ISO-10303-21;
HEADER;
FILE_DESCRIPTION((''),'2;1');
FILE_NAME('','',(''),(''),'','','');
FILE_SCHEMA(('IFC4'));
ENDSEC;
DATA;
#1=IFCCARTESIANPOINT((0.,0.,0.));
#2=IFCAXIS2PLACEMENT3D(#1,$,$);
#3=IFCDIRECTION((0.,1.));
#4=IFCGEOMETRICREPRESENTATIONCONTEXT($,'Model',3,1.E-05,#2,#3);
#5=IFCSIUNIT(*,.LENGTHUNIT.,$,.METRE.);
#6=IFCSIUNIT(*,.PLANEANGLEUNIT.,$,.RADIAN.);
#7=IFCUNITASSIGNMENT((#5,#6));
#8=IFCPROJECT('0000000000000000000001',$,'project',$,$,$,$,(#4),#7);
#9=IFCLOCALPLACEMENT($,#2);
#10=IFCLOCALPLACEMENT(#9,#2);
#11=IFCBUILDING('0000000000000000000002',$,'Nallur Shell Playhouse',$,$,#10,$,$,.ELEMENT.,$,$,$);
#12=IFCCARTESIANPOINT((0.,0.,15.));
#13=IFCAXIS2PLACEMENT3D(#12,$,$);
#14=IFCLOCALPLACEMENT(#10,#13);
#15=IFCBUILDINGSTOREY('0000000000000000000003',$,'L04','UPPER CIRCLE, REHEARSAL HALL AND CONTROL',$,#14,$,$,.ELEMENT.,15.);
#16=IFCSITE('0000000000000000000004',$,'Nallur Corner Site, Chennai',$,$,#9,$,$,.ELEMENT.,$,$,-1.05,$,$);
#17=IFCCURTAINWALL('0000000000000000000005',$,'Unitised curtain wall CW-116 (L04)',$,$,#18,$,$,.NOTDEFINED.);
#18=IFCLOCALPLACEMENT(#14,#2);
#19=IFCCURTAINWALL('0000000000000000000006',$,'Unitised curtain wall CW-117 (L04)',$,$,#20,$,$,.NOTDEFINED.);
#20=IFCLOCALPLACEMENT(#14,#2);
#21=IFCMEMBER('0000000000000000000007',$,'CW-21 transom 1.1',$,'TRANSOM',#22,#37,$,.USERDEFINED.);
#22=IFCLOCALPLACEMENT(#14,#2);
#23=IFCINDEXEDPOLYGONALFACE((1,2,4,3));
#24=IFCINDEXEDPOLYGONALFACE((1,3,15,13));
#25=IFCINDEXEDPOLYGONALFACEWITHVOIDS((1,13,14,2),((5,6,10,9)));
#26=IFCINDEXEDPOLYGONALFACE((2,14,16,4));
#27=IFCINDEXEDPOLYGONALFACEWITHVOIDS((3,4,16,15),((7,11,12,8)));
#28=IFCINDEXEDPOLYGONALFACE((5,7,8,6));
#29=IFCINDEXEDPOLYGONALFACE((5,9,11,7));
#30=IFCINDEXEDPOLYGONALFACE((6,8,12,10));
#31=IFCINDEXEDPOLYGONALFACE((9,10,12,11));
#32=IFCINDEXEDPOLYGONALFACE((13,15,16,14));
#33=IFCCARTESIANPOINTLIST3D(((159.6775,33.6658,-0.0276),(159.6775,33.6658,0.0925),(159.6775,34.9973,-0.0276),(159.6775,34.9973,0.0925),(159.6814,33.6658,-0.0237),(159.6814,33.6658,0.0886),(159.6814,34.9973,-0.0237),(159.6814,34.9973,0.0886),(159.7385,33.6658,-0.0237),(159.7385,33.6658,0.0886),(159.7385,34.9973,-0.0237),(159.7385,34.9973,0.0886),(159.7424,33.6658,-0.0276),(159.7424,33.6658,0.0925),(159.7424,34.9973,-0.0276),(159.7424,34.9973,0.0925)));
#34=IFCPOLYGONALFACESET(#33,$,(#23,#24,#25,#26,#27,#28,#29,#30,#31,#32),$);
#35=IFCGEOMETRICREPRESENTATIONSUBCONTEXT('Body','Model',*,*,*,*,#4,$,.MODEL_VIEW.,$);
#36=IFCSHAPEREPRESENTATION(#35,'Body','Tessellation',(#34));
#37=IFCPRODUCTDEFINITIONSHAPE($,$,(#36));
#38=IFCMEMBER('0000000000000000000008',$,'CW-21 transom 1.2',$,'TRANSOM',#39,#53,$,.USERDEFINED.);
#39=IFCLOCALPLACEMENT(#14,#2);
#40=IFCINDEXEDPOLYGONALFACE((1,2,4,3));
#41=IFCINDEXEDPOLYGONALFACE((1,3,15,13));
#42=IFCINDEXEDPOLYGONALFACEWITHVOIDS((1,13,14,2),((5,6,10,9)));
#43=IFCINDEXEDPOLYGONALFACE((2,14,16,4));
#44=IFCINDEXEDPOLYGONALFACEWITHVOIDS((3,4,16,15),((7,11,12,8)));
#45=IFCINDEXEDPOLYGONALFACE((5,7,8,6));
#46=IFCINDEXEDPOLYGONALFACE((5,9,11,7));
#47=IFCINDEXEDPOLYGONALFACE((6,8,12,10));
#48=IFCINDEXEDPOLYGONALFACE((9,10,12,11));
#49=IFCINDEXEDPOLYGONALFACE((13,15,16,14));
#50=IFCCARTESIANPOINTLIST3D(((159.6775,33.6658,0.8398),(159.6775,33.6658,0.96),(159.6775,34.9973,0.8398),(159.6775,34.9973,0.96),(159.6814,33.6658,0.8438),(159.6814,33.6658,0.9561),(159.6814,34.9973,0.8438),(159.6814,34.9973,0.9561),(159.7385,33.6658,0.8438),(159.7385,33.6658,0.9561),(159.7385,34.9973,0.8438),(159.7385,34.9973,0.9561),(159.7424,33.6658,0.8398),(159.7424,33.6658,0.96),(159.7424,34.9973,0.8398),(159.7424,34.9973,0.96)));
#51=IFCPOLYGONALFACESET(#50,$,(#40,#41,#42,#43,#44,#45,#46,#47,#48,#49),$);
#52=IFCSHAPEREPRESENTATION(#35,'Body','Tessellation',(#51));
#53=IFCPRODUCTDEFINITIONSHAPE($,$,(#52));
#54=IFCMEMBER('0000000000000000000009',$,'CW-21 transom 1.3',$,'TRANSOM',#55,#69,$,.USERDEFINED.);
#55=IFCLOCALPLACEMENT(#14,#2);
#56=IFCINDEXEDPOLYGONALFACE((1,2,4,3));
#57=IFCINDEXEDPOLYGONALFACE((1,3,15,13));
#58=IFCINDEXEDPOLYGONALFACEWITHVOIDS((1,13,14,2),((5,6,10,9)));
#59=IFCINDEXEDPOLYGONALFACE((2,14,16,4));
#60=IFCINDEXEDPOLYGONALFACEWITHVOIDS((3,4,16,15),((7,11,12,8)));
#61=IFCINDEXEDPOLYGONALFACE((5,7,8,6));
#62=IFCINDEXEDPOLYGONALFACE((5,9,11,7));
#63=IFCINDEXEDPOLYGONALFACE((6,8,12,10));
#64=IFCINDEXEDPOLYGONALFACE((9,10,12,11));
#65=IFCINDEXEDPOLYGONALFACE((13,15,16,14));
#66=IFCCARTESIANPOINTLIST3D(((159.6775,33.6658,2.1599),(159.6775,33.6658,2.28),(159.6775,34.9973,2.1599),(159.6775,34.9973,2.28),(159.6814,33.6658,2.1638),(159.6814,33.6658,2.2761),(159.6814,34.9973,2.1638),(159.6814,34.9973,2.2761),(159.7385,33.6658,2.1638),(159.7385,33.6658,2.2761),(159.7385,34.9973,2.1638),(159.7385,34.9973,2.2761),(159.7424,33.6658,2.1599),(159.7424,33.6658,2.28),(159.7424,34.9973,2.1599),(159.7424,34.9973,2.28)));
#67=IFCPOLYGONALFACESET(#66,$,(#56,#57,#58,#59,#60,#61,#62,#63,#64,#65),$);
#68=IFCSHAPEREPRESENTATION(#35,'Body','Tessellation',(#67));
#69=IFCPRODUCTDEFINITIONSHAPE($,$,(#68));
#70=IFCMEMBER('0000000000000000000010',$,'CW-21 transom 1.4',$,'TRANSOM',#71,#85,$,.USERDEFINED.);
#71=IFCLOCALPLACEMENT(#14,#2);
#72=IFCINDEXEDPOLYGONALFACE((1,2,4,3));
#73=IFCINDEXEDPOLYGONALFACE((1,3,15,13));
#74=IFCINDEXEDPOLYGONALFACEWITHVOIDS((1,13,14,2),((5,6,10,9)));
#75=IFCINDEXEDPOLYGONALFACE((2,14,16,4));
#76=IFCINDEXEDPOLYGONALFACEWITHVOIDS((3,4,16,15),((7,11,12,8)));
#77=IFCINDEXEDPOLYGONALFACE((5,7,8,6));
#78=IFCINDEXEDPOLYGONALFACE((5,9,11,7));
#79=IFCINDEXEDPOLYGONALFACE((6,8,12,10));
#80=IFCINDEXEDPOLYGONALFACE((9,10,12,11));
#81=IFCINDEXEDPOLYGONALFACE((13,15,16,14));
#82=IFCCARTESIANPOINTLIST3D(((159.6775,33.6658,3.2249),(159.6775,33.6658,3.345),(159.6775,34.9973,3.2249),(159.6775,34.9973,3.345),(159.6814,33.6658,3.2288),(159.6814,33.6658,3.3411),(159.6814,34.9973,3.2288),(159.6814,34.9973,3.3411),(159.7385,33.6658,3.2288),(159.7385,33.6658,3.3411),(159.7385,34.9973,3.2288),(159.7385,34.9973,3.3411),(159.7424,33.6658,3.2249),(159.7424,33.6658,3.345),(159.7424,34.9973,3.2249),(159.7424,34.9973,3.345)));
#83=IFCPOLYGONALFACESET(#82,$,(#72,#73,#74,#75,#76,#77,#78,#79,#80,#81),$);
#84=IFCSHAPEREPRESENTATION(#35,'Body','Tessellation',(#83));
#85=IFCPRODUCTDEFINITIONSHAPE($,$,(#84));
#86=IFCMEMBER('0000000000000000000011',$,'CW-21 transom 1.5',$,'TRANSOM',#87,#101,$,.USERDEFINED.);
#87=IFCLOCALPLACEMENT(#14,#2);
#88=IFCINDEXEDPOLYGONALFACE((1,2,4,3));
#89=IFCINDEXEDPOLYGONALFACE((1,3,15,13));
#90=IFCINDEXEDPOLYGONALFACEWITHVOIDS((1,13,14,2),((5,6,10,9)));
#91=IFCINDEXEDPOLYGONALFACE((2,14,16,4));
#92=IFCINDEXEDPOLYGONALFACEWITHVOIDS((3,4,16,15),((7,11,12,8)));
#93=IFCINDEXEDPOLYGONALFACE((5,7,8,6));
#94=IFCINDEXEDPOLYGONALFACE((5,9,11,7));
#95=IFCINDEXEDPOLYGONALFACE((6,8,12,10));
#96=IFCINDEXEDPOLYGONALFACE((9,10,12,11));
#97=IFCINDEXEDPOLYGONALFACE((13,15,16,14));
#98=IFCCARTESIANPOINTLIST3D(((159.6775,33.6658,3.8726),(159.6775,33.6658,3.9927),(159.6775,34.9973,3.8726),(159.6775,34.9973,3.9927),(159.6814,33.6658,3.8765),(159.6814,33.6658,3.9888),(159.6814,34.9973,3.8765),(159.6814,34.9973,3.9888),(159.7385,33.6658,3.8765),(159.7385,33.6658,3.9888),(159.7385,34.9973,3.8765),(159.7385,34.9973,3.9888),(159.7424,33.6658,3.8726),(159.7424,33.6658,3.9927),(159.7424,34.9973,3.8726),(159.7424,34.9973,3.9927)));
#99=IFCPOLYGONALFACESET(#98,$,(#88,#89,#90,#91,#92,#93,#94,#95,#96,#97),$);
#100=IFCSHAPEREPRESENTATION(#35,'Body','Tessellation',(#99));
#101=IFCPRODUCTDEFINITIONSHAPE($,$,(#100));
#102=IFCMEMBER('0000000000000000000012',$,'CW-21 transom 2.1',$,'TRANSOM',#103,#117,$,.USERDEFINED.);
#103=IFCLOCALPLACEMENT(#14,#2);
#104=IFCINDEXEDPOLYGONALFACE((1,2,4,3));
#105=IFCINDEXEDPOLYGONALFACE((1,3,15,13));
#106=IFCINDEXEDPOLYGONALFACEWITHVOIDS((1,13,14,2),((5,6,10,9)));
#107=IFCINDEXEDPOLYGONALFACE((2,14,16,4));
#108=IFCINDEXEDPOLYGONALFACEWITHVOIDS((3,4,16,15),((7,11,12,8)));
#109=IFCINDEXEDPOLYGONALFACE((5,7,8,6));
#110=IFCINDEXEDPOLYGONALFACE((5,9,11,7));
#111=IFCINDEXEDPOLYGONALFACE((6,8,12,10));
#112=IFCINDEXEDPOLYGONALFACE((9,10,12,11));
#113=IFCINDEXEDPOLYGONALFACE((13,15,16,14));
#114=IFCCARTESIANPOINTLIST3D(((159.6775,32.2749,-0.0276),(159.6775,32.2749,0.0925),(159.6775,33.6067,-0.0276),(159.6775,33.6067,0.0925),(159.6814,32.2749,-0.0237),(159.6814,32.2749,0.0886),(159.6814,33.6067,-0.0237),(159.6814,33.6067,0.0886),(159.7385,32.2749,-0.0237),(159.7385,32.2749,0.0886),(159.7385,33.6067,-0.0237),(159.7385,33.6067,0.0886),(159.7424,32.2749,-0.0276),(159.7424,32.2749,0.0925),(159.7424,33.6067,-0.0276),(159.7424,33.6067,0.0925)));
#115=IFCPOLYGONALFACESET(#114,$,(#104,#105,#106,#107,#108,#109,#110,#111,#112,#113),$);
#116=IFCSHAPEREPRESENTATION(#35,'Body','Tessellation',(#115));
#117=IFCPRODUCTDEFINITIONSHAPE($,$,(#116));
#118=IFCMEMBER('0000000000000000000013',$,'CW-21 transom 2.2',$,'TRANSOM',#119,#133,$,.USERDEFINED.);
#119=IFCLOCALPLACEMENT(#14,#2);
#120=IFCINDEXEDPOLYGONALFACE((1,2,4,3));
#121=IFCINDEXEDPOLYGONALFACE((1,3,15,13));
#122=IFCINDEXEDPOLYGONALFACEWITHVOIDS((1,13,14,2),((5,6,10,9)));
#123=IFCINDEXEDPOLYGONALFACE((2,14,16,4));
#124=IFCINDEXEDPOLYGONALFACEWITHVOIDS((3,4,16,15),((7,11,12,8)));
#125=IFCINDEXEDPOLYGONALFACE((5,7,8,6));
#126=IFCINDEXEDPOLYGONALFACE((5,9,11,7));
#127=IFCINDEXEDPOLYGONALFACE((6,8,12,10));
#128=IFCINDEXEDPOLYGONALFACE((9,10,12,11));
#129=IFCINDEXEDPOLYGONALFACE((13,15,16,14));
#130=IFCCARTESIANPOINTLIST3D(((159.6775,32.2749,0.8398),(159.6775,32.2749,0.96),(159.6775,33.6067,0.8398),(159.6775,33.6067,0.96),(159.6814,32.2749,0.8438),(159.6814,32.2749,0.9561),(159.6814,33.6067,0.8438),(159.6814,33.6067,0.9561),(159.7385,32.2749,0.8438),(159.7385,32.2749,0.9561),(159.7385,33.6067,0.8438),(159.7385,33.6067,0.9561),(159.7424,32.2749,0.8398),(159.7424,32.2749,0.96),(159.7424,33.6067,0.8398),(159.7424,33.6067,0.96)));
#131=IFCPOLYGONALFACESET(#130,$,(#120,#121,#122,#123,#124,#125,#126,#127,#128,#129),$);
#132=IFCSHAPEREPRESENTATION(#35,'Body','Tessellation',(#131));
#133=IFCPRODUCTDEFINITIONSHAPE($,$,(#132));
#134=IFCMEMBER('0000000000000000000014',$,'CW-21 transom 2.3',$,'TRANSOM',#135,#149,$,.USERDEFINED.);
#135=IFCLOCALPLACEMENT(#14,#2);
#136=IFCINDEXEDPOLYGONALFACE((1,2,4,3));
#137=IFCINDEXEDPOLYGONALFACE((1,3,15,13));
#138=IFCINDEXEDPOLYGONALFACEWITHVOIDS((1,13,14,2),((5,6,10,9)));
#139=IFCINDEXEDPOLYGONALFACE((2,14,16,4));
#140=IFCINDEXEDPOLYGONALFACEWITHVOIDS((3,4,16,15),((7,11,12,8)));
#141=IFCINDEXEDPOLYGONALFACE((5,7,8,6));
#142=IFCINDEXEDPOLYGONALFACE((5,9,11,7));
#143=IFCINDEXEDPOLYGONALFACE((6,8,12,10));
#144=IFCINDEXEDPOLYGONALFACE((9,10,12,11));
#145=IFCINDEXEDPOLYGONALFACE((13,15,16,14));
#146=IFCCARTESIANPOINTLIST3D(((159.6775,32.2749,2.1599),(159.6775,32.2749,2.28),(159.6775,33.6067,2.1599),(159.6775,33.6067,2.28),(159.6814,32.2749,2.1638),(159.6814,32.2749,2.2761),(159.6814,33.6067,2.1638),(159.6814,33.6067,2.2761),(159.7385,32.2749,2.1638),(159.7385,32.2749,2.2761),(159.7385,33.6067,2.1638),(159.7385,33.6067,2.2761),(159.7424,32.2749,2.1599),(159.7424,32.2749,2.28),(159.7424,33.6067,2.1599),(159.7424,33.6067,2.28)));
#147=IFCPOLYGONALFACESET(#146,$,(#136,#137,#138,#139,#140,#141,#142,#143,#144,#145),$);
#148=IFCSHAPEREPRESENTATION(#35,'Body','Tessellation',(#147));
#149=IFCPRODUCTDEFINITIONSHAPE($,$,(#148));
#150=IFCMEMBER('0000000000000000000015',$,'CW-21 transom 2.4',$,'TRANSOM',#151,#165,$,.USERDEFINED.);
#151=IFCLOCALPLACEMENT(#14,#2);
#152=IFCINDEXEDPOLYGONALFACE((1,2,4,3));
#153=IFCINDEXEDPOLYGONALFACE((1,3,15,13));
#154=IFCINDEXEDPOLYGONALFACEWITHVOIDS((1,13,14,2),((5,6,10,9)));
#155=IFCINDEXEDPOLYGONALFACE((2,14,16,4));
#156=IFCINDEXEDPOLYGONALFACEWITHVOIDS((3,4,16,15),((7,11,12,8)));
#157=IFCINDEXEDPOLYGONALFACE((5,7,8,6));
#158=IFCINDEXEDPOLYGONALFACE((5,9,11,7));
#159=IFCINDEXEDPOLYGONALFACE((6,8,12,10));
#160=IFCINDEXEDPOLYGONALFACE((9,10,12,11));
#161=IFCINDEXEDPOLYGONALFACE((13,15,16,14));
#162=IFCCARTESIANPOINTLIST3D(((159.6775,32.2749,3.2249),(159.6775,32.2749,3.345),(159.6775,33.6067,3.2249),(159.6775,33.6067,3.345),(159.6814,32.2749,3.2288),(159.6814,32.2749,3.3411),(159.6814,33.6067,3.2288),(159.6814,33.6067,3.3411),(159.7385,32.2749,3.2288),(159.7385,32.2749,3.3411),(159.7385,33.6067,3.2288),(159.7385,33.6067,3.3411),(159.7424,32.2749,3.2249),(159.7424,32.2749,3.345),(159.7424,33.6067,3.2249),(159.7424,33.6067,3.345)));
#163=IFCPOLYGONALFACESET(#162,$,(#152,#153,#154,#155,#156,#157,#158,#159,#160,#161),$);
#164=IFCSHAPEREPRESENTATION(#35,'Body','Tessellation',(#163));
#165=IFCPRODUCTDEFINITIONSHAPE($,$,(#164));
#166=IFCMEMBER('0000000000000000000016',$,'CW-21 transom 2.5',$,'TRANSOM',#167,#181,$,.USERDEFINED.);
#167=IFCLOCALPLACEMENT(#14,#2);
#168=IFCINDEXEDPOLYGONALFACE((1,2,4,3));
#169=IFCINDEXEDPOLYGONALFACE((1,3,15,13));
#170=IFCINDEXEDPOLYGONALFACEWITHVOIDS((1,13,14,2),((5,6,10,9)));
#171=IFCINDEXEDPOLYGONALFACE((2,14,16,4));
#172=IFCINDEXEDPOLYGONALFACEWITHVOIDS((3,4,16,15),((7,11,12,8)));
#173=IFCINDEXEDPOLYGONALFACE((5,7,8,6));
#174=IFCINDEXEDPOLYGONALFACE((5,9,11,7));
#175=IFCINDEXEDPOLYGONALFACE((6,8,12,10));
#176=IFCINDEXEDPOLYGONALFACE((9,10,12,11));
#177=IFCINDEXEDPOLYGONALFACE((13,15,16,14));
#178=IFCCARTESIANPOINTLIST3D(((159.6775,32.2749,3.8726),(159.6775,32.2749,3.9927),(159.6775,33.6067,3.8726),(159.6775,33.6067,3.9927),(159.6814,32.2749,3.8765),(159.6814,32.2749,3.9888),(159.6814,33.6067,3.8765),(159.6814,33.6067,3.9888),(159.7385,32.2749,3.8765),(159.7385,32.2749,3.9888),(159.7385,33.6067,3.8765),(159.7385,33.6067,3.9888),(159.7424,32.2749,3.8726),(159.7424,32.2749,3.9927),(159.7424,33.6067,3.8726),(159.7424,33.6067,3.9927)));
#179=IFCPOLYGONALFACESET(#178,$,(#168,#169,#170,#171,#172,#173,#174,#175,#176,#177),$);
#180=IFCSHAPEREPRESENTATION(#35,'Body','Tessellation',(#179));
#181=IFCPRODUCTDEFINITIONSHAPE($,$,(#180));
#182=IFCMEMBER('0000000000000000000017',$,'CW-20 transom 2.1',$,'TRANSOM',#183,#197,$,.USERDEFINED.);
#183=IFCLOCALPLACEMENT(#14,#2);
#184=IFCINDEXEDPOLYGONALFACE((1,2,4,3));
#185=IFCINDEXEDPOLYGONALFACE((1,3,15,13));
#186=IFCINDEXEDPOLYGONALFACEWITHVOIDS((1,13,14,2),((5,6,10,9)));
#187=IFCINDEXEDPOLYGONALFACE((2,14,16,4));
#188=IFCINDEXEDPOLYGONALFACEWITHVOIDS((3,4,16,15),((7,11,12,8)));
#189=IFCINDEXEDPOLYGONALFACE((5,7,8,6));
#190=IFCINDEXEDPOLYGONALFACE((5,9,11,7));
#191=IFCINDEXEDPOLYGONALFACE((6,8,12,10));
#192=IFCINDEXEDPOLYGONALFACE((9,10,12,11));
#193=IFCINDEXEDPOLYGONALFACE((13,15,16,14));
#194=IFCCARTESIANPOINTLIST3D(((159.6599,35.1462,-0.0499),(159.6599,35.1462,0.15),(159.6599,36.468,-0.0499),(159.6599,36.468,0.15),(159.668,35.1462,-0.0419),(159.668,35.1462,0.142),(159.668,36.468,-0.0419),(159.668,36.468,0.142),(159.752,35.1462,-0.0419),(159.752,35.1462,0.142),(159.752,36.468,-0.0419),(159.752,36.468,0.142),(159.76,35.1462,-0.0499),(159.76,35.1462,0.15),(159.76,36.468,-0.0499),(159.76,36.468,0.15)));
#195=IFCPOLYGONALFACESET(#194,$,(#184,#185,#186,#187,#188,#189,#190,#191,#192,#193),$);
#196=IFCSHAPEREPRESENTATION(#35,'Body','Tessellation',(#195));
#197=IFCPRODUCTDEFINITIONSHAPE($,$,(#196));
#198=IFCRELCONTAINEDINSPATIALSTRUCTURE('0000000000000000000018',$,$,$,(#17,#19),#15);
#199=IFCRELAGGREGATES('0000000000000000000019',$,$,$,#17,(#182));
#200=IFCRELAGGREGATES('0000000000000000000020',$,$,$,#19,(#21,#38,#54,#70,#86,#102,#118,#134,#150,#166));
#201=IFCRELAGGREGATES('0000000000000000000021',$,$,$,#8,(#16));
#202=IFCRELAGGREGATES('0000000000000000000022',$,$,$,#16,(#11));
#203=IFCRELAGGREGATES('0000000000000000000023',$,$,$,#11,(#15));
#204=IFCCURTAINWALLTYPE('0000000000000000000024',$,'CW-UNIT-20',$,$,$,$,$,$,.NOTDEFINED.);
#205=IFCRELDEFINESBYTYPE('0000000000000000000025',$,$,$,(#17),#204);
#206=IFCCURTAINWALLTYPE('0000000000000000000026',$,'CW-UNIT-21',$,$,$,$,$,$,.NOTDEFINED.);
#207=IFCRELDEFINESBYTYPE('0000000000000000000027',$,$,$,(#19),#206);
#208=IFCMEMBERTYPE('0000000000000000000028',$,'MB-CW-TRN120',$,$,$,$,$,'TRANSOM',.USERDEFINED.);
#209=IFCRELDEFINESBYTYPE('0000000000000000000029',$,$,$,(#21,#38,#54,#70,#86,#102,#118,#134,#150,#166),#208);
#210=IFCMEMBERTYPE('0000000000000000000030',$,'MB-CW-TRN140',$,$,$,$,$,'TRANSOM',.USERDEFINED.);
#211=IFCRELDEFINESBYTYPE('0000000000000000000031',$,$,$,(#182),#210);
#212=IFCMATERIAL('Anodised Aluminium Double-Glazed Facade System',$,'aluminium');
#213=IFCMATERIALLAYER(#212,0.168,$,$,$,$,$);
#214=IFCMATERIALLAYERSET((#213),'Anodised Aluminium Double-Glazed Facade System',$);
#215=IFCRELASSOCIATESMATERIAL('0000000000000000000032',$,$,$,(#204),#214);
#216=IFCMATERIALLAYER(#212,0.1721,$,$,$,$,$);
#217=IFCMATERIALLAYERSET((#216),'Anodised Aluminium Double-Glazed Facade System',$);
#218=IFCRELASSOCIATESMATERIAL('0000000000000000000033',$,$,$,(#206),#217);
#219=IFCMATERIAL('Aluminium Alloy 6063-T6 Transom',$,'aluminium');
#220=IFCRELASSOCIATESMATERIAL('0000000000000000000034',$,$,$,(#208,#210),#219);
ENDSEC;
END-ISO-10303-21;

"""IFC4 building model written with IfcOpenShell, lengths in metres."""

from ifc_helpers import new_model, si_unit, direction, frame, origin, origin_2d, place, context, subcontext, project, spatial, hollow_rectangle, extrude, material, layer, layer_set, material_profile, profile_set, type_object, element, aggregate, save


model = new_model("IFC4")

# Units and contexts
model_context = context("Model", 3, precision=1e-05, world=origin(), true_north=direction((0.0, 1.0)))
body_context = subcontext(model_context, "Body", "Model", "MODEL_VIEW")
ifc_project = project(units=[si_unit("LENGTHUNIT", "METRE"), si_unit("PLANEANGLEUNIT", "RADIAN")], contexts=[model_context])

# Site, building, storey
site_placement = place(None, origin())
site = spatial("IfcSite", under=ifc_project, at=site_placement, Name="Nallur Corner Site, Chennai", CompositionType="ELEMENT", RefElevation=-1.05)
building_placement = place(site_placement, origin())
building = spatial("IfcBuilding", under=site, at=building_placement, Name="Nallur Shell Playhouse", CompositionType="ELEMENT")
storey_placement = place(building_placement, frame((0.0, 0.0, 15.0)))
storey = spatial("IfcBuildingStorey", under=building, at=storey_placement, Name="L04", Description="UPPER CIRCLE, REHEARSAL HALL AND CONTROL", CompositionType="ELEMENT", Elevation=15.0)

# Curtain walls, members
ifc_material_1 = material(Name="Anodised Aluminium Double-Glazed Facade System", Category="aluminium")
ifc_layer_1 = layer(ifc_material_1, 0.168)
ifc_layer_set_1 = layer_set([ifc_layer_1], Name="Anodised Aluminium Double-Glazed Facade System")
curtain_wall_type_1 = type_object("IfcCurtainWallType", Name="CW-UNIT-20", PredefinedType="NOTDEFINED", material=ifc_layer_set_1)
curtain_wall_1_placement = place(storey_placement, origin())
curtain_wall_1 = element("IfcCurtainWall", 1, at=curtain_wall_1_placement, inside=storey, type_object=curtain_wall_type_1, Name="Unitised curtain wall CW-116 (L04)", PredefinedType="NOTDEFINED")
ifc_layer_2 = layer(ifc_material_1, 0.1721)
ifc_layer_set_2 = layer_set([ifc_layer_2], Name="Anodised Aluminium Double-Glazed Facade System")
curtain_wall_type_2 = type_object("IfcCurtainWallType", Name="CW-UNIT-21", PredefinedType="NOTDEFINED", material=ifc_layer_set_2)
curtain_wall_2_placement = place(storey_placement, origin())
curtain_wall_2 = element("IfcCurtainWall", 2, at=curtain_wall_2_placement, inside=storey, type_object=curtain_wall_type_2, Name="Unitised curtain wall CW-117 (L04)", PredefinedType="NOTDEFINED")
ifc_material_2 = material(Name="Aluminium Alloy 6063-T6 Transom", Category="aluminium")
ifc_material_profile_1 = material_profile(ifc_material_2, hollow_rectangle(XDim=0.0649, YDim=0.1201, WallThickness=0.0039, at=origin_2d()), Name="ALU 65x120x4")
ifc_profile_set_1 = profile_set([ifc_material_profile_1], Name="Aluminium Alloy 6063-T6 Transom")
member_type_1 = type_object("IfcMemberType", Name="MB-CW-TRN120", ElementType="TRANSOM", PredefinedType="USERDEFINED", material=ifc_profile_set_1)
member_1_placement = place(storey_placement, frame((159.71, 34.9973, 0.0325), z_axis=(0.0, -1.0, 0.0), x_axis=(1.0, 0.0, 0.0)))
member_1 = element("IfcMember", 3, at=member_1_placement, type_object=member_type_1, Name="CW-21 transom 1.1", ObjectType="TRANSOM", PredefinedType="USERDEFINED", context=body_context, shape_type="SweptSolid", body=[
    extrude(hollow_rectangle(XDim=0.0649, YDim=0.1201, WallThickness=0.0039, at=origin_2d()), origin(), (0.0, 0.0, 1.0), 1.3315),
])
member_2_placement = place(storey_placement, frame((159.71, 34.9973, 0.8999), z_axis=(0.0, -1.0, 0.0), x_axis=(1.0, 0.0, 0.0)))
member_2 = element("IfcMember", 4, at=member_2_placement, type_object=member_type_1, Name="CW-21 transom 1.2", ObjectType="TRANSOM", PredefinedType="USERDEFINED", context=body_context, shape_type="SweptSolid", body=[
    extrude(hollow_rectangle(XDim=0.0649, YDim=0.1201, WallThickness=0.0039, at=origin_2d()), origin(), (0.0, 0.0, 1.0), 1.3315),
])
member_3_placement = place(storey_placement, frame((159.71, 34.9973, 2.22), z_axis=(0.0, -1.0, 0.0), x_axis=(1.0, 0.0, 0.0)))
member_3 = element("IfcMember", 5, at=member_3_placement, type_object=member_type_1, Name="CW-21 transom 1.3", ObjectType="TRANSOM", PredefinedType="USERDEFINED", context=body_context, shape_type="SweptSolid", body=[
    extrude(hollow_rectangle(XDim=0.0649, YDim=0.1201, WallThickness=0.0039, at=origin_2d()), origin(), (0.0, 0.0, 1.0), 1.3315),
])
member_4_placement = place(storey_placement, frame((159.71, 34.9973, 3.2849), z_axis=(0.0, -1.0, 0.0), x_axis=(1.0, 0.0, 0.0)))
member_4 = element("IfcMember", 6, at=member_4_placement, type_object=member_type_1, Name="CW-21 transom 1.4", ObjectType="TRANSOM", PredefinedType="USERDEFINED", context=body_context, shape_type="SweptSolid", body=[
    extrude(hollow_rectangle(XDim=0.0649, YDim=0.1201, WallThickness=0.0039, at=origin_2d()), origin(), (0.0, 0.0, 1.0), 1.3315),
])
member_5_placement = place(storey_placement, frame((159.71, 34.9973, 3.9326), z_axis=(0.0, -1.0, 0.0), x_axis=(1.0, 0.0, 0.0)))
member_5 = element("IfcMember", 7, at=member_5_placement, type_object=member_type_1, Name="CW-21 transom 1.5", ObjectType="TRANSOM", PredefinedType="USERDEFINED", context=body_context, shape_type="SweptSolid", body=[
    extrude(hollow_rectangle(XDim=0.0649, YDim=0.1201, WallThickness=0.0039, at=origin_2d()), origin(), (0.0, 0.0, 1.0), 1.3315),
])
member_6_placement = place(storey_placement, frame((159.71, 33.6067, 0.0325), z_axis=(0.0, -1.0, 0.0), x_axis=(1.0, 0.0, 0.0)))
member_6 = element("IfcMember", 8, at=member_6_placement, type_object=member_type_1, Name="CW-21 transom 2.1", ObjectType="TRANSOM", PredefinedType="USERDEFINED", context=body_context, shape_type="SweptSolid", body=[
    extrude(hollow_rectangle(XDim=0.0649, YDim=0.1201, WallThickness=0.0039, at=origin_2d()), origin(), (0.0, 0.0, 1.0), 1.3318),
])
member_7_placement = place(storey_placement, frame((159.71, 33.6067, 0.8999), z_axis=(0.0, -1.0, 0.0), x_axis=(1.0, 0.0, 0.0)))
member_7 = element("IfcMember", 9, at=member_7_placement, type_object=member_type_1, Name="CW-21 transom 2.2", ObjectType="TRANSOM", PredefinedType="USERDEFINED", context=body_context, shape_type="SweptSolid", body=[
    extrude(hollow_rectangle(XDim=0.0649, YDim=0.1201, WallThickness=0.0039, at=origin_2d()), origin(), (0.0, 0.0, 1.0), 1.3318),
])
member_8_placement = place(storey_placement, frame((159.71, 33.6067, 2.22), z_axis=(0.0, -1.0, 0.0), x_axis=(1.0, 0.0, 0.0)))
member_8 = element("IfcMember", 10, at=member_8_placement, type_object=member_type_1, Name="CW-21 transom 2.3", ObjectType="TRANSOM", PredefinedType="USERDEFINED", context=body_context, shape_type="SweptSolid", body=[
    extrude(hollow_rectangle(XDim=0.0649, YDim=0.1201, WallThickness=0.0039, at=origin_2d()), origin(), (0.0, 0.0, 1.0), 1.3318),
])
member_9_placement = place(storey_placement, frame((159.71, 33.6067, 3.2849), z_axis=(0.0, -1.0, 0.0), x_axis=(1.0, 0.0, 0.0)))
member_9 = element("IfcMember", 11, at=member_9_placement, type_object=member_type_1, Name="CW-21 transom 2.4", ObjectType="TRANSOM", PredefinedType="USERDEFINED", context=body_context, shape_type="SweptSolid", body=[
    extrude(hollow_rectangle(XDim=0.0649, YDim=0.1201, WallThickness=0.0039, at=origin_2d()), origin(), (0.0, 0.0, 1.0), 1.3318),
])
member_10_placement = place(storey_placement, frame((159.71, 33.6067, 3.9326), z_axis=(0.0, -1.0, 0.0), x_axis=(1.0, 0.0, 0.0)))
member_10 = element("IfcMember", 12, at=member_10_placement, type_object=member_type_1, Name="CW-21 transom 2.5", ObjectType="TRANSOM", PredefinedType="USERDEFINED", context=body_context, shape_type="SweptSolid", body=[
    extrude(hollow_rectangle(XDim=0.0649, YDim=0.1201, WallThickness=0.0039, at=origin_2d()), origin(), (0.0, 0.0, 1.0), 1.3318),
])

# Member
ifc_material_profile_2 = material_profile(ifc_material_2, hollow_rectangle(XDim=0.1001, YDim=0.2, WallThickness=0.0081, at=origin_2d()), Name="RHS 200x100x8")
ifc_profile_set_2 = profile_set([ifc_material_profile_2], Name="Aluminium Alloy 6063-T6 Transom")
member_type_2 = type_object("IfcMemberType", Name="MB-CW-TRN140", ElementType="TRANSOM", PredefinedType="USERDEFINED", material=ifc_profile_set_2)
member_11_placement = place(storey_placement, frame((159.71, 36.468, 0.05), z_axis=(0.0, -1.0, 0.0), x_axis=(1.0, 0.0, 0.0)))
member_11 = element("IfcMember", 13, at=member_11_placement, type_object=member_type_2, Name="CW-20 transom 2.1", ObjectType="TRANSOM", PredefinedType="USERDEFINED", context=body_context, shape_type="SweptSolid", body=[
    extrude(hollow_rectangle(XDim=0.1001, YDim=0.2, WallThickness=0.0081, at=origin_2d()), origin(), (0.0, 0.0, 1.0), 1.3218),
])

aggregate(curtain_wall_1, [member_11])
aggregate(curtain_wall_2, [member_1, member_2, member_3, member_4, member_5, member_6, member_7, member_8, member_9, member_10])

save(model, "model.ifc")
